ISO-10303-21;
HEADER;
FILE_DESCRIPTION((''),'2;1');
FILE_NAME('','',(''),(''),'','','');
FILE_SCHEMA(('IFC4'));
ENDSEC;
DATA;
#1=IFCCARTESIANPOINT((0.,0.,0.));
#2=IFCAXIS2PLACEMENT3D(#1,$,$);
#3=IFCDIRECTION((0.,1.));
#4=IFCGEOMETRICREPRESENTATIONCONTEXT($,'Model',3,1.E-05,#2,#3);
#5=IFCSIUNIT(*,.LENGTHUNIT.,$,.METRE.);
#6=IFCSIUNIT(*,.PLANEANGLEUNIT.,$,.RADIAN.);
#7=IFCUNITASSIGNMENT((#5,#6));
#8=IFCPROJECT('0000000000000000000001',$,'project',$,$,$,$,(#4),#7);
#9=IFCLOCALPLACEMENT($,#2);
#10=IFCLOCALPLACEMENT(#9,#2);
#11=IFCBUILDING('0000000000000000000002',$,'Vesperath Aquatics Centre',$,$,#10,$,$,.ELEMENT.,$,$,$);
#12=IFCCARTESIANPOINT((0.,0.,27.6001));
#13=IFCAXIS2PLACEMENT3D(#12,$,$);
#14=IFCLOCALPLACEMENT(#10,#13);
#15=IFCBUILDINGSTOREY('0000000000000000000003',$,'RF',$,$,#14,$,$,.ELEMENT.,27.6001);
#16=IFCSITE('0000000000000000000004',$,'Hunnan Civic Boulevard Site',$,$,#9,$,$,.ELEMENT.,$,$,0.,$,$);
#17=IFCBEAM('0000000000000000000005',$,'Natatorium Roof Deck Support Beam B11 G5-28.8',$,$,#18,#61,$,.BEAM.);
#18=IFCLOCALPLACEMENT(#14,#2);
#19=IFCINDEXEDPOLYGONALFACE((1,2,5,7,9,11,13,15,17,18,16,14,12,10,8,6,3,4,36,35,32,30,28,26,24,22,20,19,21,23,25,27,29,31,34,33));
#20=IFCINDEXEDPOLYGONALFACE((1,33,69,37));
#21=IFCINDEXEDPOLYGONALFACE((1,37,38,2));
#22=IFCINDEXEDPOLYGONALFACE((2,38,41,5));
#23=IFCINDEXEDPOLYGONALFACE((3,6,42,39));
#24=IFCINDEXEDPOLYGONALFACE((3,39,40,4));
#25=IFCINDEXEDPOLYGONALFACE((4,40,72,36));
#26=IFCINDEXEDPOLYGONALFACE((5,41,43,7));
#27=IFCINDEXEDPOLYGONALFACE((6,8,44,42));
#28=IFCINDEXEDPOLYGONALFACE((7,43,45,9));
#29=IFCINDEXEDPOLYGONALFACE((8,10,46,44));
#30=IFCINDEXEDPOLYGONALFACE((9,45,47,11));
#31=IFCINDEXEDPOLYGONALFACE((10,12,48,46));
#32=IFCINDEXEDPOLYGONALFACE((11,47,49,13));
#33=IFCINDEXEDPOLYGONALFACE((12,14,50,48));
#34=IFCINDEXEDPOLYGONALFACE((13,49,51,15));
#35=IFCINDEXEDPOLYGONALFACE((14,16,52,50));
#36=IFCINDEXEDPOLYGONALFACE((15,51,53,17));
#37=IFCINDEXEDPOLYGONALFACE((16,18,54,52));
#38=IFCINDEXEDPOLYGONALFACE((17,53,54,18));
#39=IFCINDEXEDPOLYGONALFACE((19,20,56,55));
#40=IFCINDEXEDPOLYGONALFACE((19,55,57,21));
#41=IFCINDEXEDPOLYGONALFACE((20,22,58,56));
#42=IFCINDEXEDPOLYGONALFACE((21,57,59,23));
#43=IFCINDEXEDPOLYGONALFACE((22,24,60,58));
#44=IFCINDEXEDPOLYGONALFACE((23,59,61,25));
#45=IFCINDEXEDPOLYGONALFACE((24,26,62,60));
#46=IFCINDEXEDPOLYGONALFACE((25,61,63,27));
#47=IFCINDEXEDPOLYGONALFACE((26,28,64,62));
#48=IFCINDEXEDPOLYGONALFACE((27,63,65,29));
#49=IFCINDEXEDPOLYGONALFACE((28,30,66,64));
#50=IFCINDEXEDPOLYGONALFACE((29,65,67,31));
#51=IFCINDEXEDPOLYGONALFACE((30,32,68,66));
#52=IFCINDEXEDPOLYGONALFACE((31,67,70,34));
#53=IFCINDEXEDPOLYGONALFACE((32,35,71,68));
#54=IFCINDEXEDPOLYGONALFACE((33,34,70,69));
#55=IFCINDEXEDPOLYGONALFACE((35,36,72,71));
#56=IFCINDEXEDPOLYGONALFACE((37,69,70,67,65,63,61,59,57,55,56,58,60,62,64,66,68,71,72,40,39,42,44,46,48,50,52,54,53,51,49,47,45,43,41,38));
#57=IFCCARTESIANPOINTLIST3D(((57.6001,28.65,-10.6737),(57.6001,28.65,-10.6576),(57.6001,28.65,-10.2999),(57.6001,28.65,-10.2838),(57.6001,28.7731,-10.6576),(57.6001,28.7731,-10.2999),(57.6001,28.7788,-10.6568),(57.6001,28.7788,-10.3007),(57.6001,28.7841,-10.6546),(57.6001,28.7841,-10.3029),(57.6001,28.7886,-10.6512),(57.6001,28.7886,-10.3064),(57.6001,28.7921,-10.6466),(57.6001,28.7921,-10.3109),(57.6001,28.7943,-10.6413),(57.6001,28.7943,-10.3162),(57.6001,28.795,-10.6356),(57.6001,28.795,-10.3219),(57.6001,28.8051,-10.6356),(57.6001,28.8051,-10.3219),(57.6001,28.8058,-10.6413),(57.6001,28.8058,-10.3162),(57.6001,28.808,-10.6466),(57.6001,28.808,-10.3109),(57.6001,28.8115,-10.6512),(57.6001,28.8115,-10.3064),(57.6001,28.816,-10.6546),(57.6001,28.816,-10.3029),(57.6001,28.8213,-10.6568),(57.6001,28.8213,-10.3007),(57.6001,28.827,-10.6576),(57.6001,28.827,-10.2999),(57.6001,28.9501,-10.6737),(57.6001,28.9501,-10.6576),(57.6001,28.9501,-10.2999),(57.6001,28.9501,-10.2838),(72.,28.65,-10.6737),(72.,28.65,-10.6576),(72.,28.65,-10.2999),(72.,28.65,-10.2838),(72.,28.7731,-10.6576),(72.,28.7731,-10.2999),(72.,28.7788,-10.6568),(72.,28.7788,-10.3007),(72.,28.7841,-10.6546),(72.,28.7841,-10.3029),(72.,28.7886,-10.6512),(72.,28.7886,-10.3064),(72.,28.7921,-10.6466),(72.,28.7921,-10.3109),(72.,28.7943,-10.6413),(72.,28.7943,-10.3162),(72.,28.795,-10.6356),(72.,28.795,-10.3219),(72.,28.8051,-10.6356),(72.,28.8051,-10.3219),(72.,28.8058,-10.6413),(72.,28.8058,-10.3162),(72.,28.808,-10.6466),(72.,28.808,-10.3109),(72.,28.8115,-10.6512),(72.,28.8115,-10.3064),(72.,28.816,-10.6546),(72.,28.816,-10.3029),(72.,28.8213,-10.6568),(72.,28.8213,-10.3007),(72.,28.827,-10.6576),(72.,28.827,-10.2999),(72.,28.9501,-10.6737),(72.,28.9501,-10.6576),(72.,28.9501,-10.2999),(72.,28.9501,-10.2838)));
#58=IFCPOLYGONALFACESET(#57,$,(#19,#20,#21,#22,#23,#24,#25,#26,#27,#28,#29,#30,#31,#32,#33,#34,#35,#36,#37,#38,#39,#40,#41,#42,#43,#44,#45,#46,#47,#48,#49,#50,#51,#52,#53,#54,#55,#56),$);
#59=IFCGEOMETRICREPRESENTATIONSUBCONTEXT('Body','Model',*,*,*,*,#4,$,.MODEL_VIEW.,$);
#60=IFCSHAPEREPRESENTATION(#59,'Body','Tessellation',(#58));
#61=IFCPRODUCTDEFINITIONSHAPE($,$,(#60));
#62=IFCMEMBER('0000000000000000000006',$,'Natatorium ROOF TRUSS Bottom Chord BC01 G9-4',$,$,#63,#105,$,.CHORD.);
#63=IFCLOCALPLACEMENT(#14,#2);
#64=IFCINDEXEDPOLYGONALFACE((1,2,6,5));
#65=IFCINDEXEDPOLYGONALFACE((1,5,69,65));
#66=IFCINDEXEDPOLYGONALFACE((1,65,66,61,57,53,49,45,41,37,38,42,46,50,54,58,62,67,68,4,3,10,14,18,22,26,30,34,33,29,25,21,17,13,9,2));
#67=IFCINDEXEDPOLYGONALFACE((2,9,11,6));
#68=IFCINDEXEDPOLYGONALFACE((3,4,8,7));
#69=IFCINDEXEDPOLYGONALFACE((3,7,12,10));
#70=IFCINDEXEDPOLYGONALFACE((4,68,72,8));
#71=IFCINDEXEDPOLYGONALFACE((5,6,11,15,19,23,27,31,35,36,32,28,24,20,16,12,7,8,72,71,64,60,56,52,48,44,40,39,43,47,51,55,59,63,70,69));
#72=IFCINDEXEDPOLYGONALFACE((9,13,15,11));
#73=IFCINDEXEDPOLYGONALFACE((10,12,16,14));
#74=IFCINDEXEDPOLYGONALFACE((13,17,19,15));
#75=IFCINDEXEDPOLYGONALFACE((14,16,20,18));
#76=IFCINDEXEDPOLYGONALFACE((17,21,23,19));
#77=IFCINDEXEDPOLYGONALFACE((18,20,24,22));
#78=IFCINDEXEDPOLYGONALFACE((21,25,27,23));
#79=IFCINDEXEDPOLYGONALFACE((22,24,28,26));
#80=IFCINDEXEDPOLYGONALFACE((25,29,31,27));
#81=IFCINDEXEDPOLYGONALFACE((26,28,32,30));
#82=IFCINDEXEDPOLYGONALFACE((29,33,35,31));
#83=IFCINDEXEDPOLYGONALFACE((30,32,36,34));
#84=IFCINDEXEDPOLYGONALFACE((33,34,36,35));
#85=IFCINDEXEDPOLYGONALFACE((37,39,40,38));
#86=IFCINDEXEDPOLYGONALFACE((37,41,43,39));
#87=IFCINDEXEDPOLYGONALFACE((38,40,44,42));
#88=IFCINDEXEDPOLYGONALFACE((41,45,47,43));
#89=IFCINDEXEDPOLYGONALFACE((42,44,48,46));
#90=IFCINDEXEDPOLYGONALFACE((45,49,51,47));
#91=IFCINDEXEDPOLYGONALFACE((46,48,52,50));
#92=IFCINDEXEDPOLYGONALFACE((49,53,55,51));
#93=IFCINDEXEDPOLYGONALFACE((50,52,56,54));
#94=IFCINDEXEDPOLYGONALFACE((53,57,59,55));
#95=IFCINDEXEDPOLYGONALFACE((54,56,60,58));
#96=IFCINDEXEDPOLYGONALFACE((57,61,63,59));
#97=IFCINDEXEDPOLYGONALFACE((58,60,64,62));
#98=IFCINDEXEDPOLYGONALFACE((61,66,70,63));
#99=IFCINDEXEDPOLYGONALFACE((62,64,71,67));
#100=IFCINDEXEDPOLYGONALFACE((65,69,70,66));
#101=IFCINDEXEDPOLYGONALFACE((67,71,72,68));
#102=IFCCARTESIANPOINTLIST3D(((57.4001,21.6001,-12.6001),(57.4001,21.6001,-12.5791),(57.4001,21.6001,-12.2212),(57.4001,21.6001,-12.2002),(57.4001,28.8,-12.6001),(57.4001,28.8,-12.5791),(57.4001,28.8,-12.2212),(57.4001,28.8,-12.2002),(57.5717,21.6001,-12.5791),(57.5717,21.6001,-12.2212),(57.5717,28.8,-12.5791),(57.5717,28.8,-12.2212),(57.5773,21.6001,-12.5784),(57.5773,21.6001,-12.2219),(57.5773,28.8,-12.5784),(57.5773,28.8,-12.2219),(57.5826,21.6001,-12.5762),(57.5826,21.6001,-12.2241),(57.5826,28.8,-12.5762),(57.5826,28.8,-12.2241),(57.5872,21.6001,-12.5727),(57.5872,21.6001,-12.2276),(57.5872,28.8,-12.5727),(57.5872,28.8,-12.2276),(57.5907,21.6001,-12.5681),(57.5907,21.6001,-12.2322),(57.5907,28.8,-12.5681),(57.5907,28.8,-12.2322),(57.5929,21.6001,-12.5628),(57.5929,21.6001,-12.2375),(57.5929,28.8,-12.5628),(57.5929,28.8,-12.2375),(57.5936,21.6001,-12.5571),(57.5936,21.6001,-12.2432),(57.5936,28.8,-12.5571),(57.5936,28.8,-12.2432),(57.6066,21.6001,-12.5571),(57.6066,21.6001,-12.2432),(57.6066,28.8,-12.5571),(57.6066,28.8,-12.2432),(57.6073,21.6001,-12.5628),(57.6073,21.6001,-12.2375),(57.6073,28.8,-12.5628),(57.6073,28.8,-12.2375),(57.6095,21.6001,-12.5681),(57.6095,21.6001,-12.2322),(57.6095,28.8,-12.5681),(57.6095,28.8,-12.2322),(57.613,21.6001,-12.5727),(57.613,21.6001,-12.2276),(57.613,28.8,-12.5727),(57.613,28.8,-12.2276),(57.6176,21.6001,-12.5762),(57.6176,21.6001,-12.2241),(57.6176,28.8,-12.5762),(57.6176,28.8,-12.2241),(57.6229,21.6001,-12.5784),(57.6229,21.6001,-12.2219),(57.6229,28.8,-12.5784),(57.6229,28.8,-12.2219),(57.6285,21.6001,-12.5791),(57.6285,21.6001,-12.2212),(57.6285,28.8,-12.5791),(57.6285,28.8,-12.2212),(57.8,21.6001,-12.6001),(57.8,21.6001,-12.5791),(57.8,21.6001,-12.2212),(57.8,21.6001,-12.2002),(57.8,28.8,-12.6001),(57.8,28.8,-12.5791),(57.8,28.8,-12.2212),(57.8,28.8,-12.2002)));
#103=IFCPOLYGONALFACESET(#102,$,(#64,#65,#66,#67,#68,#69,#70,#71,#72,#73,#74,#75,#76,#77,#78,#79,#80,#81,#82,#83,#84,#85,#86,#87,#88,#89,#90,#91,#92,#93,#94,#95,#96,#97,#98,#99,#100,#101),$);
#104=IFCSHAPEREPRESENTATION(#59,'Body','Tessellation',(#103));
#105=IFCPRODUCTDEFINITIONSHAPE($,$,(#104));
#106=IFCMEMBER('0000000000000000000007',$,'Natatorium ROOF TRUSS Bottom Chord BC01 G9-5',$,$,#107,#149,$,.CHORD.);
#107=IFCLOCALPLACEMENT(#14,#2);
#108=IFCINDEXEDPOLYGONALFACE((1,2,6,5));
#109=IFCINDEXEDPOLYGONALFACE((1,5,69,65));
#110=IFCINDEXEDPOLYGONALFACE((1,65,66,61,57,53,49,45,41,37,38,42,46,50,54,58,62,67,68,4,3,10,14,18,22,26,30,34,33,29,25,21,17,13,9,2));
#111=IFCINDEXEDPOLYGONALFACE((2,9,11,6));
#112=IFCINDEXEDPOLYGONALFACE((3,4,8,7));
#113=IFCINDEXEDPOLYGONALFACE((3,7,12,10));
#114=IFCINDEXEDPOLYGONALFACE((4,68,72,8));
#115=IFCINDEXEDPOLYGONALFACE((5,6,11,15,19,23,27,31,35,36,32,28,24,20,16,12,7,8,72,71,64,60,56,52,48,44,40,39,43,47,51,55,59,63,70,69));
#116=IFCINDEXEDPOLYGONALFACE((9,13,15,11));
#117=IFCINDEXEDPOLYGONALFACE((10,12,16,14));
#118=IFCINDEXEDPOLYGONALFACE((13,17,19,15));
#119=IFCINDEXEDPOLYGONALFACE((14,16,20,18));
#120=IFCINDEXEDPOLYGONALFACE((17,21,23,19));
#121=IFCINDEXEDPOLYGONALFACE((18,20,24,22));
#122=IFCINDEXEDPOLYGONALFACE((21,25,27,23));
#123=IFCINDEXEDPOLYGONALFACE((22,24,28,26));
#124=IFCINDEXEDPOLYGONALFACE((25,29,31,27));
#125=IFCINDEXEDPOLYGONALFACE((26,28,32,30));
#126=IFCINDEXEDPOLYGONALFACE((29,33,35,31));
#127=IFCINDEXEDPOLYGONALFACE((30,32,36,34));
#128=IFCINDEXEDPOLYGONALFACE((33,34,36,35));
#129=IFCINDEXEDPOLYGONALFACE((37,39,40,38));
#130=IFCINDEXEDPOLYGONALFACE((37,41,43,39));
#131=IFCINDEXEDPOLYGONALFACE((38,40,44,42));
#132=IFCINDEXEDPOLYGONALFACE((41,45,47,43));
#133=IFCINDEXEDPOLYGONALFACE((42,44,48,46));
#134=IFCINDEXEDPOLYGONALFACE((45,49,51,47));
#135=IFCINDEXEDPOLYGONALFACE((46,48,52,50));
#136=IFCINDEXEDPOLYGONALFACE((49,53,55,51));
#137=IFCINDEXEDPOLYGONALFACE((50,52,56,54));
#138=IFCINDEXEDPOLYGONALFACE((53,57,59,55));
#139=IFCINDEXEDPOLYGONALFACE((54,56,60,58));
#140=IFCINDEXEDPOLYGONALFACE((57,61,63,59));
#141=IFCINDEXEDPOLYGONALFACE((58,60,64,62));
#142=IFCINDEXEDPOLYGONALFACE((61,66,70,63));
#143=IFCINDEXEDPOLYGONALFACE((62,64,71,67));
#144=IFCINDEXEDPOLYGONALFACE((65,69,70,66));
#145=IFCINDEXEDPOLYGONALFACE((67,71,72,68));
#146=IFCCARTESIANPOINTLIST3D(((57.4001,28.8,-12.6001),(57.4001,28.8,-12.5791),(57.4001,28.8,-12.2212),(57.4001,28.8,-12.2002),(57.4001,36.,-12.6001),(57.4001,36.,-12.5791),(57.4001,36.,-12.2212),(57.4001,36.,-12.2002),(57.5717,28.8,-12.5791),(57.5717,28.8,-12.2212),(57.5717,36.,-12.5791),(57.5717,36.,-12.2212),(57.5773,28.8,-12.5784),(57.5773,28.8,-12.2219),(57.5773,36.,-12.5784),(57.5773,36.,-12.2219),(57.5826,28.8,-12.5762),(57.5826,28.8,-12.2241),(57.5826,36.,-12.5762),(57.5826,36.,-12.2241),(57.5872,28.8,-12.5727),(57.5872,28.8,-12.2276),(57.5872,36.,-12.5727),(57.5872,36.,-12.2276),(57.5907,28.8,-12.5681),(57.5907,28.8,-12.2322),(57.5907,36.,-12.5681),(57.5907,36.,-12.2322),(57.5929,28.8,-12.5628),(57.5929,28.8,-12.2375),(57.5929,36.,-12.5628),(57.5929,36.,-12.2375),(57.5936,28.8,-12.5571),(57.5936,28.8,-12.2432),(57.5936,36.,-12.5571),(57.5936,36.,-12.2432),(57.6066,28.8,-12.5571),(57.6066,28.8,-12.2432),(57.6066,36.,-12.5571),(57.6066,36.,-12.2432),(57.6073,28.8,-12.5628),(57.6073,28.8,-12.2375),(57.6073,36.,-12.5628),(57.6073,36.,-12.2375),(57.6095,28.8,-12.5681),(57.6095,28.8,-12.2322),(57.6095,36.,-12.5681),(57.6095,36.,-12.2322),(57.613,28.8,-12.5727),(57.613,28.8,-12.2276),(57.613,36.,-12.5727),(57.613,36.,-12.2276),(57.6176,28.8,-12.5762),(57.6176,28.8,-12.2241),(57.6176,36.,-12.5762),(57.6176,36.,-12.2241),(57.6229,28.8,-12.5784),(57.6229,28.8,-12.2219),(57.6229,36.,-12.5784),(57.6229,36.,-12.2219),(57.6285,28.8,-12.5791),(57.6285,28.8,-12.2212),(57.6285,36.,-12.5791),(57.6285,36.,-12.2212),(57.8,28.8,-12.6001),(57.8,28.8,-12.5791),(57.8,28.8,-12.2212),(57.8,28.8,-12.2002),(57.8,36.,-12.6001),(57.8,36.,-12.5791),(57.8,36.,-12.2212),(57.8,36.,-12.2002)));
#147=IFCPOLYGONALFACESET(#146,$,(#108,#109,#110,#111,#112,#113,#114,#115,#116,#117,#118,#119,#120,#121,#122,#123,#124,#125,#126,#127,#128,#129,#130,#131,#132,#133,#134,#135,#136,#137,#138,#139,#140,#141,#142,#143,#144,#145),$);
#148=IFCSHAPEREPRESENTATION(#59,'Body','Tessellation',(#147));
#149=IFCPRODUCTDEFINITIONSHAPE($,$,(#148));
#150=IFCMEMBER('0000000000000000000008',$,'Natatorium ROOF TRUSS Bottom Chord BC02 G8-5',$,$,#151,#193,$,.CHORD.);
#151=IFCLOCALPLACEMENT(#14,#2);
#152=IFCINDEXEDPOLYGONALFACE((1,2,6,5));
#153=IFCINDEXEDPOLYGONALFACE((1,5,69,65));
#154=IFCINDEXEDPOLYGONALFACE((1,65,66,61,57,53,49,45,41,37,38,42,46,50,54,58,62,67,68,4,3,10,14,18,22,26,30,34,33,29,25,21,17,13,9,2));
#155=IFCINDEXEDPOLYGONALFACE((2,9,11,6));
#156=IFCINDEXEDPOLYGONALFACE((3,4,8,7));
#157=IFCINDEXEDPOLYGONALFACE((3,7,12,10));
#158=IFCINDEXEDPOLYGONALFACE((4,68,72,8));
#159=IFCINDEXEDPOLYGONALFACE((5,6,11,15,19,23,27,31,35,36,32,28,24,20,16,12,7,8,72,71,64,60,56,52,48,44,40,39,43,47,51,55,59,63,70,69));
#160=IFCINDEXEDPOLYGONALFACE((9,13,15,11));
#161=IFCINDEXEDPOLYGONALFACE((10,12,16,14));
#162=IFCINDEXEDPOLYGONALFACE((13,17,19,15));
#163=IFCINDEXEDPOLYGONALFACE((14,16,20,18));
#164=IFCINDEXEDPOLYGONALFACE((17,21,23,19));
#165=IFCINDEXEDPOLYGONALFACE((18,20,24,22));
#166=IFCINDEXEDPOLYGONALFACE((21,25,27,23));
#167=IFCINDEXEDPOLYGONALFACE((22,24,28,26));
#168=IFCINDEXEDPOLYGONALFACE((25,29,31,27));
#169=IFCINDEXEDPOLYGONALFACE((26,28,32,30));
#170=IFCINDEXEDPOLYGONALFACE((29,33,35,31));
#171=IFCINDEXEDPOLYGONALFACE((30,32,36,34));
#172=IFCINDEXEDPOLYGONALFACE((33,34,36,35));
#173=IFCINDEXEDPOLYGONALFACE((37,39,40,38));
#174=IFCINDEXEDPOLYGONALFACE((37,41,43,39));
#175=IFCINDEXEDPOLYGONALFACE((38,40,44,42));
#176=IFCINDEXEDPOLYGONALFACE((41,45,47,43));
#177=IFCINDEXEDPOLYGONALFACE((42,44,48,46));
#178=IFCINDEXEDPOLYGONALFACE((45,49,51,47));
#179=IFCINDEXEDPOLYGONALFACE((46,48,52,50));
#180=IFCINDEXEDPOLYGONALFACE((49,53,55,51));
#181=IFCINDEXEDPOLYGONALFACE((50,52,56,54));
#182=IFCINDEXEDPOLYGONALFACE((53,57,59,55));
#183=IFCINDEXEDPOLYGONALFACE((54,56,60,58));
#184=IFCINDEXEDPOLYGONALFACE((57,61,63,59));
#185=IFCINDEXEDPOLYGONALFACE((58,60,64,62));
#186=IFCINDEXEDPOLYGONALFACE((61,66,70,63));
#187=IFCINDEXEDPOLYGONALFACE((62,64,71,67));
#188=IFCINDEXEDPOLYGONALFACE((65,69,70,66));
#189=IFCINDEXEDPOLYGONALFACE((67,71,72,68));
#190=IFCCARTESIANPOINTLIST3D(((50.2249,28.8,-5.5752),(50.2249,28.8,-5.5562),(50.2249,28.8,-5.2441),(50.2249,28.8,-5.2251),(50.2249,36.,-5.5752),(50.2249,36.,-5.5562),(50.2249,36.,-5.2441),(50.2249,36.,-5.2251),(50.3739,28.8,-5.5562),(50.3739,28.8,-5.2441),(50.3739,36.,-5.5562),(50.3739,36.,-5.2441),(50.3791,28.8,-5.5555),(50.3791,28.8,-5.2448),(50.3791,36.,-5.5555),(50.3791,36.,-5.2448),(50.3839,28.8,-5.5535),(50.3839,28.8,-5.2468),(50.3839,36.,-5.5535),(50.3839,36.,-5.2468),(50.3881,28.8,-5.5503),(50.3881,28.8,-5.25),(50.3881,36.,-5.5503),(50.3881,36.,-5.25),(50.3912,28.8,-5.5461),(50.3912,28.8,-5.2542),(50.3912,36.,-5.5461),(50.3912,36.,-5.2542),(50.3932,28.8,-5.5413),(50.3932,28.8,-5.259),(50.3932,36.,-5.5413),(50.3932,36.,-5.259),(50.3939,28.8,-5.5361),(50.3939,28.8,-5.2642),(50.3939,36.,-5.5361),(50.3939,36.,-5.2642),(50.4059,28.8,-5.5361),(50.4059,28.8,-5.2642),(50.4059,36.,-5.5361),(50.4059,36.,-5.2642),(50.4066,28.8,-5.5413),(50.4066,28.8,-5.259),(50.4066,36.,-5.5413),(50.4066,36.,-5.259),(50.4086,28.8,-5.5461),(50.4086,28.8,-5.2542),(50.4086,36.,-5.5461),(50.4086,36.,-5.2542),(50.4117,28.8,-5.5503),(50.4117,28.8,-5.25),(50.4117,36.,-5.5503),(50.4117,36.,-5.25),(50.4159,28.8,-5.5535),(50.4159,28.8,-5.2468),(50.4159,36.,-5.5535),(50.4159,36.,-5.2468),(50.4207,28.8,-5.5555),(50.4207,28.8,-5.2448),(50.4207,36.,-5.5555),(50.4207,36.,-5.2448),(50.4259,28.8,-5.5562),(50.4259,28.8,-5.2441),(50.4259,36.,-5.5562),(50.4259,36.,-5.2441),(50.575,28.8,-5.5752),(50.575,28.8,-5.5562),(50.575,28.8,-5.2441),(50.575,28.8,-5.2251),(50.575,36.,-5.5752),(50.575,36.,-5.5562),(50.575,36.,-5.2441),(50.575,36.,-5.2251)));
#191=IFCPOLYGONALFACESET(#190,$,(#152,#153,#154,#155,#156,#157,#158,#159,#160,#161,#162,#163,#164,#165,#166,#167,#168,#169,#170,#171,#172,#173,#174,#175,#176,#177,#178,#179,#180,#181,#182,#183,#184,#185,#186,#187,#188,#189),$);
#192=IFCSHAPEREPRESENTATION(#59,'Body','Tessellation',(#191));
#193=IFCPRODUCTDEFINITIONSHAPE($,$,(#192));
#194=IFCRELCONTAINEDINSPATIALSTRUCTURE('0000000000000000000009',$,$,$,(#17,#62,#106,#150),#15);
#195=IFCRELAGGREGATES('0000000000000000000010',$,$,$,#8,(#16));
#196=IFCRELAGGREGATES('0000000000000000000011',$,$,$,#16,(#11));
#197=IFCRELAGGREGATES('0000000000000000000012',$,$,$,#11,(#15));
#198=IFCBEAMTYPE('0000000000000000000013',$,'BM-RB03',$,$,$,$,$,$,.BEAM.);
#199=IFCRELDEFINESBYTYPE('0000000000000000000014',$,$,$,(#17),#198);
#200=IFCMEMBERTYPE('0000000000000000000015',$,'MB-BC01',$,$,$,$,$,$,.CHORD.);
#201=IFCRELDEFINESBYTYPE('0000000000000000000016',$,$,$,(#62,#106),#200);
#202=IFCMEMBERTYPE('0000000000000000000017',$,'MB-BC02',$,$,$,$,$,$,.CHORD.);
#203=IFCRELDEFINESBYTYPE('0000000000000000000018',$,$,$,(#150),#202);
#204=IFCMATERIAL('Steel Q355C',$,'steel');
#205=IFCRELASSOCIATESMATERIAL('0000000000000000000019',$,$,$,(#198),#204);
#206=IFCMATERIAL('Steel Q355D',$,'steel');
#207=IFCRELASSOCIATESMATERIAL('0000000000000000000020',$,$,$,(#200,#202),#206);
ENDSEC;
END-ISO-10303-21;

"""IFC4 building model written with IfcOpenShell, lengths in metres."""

from ifc_helpers import new_model, si_unit, direction, frame, origin, origin_2d, place, context, subcontext, project, spatial, i_section, extrude, material, material_profile, profile_set, type_object, element, save


model = new_model("IFC4")

# Units and contexts
model_context = context("Model", 3, precision=1e-05, world=origin(), true_north=direction((0.0, 1.0)))
body_context = subcontext(model_context, "Body", "Model", "MODEL_VIEW")
ifc_project = project(units=[si_unit("LENGTHUNIT", "METRE"), si_unit("PLANEANGLEUNIT", "RADIAN")], contexts=[model_context])

# Site, building, storey
site_placement = place(None, origin())
site = spatial("IfcSite", under=ifc_project, at=site_placement, Name="Hunnan Civic Boulevard Site", CompositionType="ELEMENT", RefElevation=0.0)
building_placement = place(site_placement, origin())
building = spatial("IfcBuilding", under=site, at=building_placement, Name="Vesperath Aquatics Centre", CompositionType="ELEMENT")
storey_placement = place(building_placement, frame((0.0, 0.0, 27.6001)))
storey = spatial("IfcBuildingStorey", under=building, at=storey_placement, Name="RF", CompositionType="ELEMENT", Elevation=27.6001)

# Beam
ifc_material_1 = material(Name="Steel Q355C", Category="steel")
ifc_material_profile_1 = material_profile(ifc_material_1, i_section(OverallWidth=0.3, OverallDepth=0.3899, WebThickness=0.01, FlangeThickness=0.0161, FilletRadius=0.022, at=origin_2d()), Name="HM 390x300x10x16")
ifc_profile_set_1 = profile_set([ifc_material_profile_1], Name="Steel Q355C")
beam_type = type_object("IfcBeamType", Name="BM-RB03", PredefinedType="BEAM", material=ifc_profile_set_1)
beam_placement = place(storey_placement, frame((57.6001, 28.8, -10.4788), z_axis=(1.0, 0.0, 0.0), x_axis=(0.0, 1.0, 0.0)))
element("IfcBeam", 1, at=beam_placement, inside=storey, type_object=beam_type, Name="Natatorium Roof Deck Support Beam B11 G5-28.8", PredefinedType="BEAM", context=body_context, shape_type="SweptSolid", body=[
    extrude(i_section(OverallWidth=0.3, OverallDepth=0.3899, WebThickness=0.01, FlangeThickness=0.0161, FilletRadius=0.022, at=origin_2d()), origin(), (0.0, 0.0, 1.0), 14.3999),
])

# Members
ifc_material_2 = material(Name="Steel Q355D", Category="steel")
ifc_material_profile_2 = material_profile(ifc_material_2, i_section(OverallWidth=0.3999, OverallDepth=0.3999, WebThickness=0.0129, FlangeThickness=0.021, FilletRadius=0.022, at=origin_2d()), Name="HW 400x400x13x21")
ifc_profile_set_2 = profile_set([ifc_material_profile_2], Name="Steel Q355D")
member_type_1 = type_object("IfcMemberType", Name="MB-BC01", PredefinedType="CHORD", material=ifc_profile_set_2)
for number, where, z_axis, x_axis, name in (
    (2, (57.6001, 21.6001, -12.4001), (0.0, 1.0, 0.0), (-1.0, 0.0, 0.0), "Natatorium ROOF TRUSS Bottom Chord BC01 G9-4"),
    (3, (57.6001, 28.8, -12.4001), (0.0, 1.0, 0.0), (-1.0, 0.0, 0.0), "Natatorium ROOF TRUSS Bottom Chord BC01 G9-5"),
):
    element("IfcMember", number, at=place(storey_placement, frame(where, z_axis=z_axis, x_axis=x_axis)), inside=storey, type_object=member_type_1, Name=name, PredefinedType="CHORD", context=body_context, shape_type="SweptSolid", body=[
        extrude(i_section(OverallWidth=0.3999, OverallDepth=0.3999, WebThickness=0.0129, FlangeThickness=0.021, FilletRadius=0.022, at=origin_2d()), origin(), (0.0, 0.0, 1.0), 7.2),
    ])
ifc_material_profile_3 = material_profile(ifc_material_2, i_section(OverallWidth=0.3501, OverallDepth=0.3501, WebThickness=0.012, FlangeThickness=0.019, FilletRadius=0.02, at=origin_2d()), Name="HW 350x350x12x19")
ifc_profile_set_3 = profile_set([ifc_material_profile_3], Name="Steel Q355D")
member_type_2 = type_object("IfcMemberType", Name="MB-BC02", PredefinedType="CHORD", material=ifc_profile_set_3)
for number, where, z_axis, x_axis, name in (
    (4, (50.3999, 28.8, -5.4001), (0.0, 1.0, 0.0), (-1.0, 0.0, 0.0), "Natatorium ROOF TRUSS Bottom Chord BC02 G8-5"),
):
    element("IfcMember", number, at=place(storey_placement, frame(where, z_axis=z_axis, x_axis=x_axis)), inside=storey, type_object=member_type_2, Name=name, PredefinedType="CHORD", context=body_context, shape_type="SweptSolid", body=[
        extrude(i_section(OverallWidth=0.3501, OverallDepth=0.3501, WebThickness=0.012, FlangeThickness=0.019, FilletRadius=0.02, at=origin_2d()), origin(), (0.0, 0.0, 1.0), 7.2),
    ])

save(model, "model.ifc")
